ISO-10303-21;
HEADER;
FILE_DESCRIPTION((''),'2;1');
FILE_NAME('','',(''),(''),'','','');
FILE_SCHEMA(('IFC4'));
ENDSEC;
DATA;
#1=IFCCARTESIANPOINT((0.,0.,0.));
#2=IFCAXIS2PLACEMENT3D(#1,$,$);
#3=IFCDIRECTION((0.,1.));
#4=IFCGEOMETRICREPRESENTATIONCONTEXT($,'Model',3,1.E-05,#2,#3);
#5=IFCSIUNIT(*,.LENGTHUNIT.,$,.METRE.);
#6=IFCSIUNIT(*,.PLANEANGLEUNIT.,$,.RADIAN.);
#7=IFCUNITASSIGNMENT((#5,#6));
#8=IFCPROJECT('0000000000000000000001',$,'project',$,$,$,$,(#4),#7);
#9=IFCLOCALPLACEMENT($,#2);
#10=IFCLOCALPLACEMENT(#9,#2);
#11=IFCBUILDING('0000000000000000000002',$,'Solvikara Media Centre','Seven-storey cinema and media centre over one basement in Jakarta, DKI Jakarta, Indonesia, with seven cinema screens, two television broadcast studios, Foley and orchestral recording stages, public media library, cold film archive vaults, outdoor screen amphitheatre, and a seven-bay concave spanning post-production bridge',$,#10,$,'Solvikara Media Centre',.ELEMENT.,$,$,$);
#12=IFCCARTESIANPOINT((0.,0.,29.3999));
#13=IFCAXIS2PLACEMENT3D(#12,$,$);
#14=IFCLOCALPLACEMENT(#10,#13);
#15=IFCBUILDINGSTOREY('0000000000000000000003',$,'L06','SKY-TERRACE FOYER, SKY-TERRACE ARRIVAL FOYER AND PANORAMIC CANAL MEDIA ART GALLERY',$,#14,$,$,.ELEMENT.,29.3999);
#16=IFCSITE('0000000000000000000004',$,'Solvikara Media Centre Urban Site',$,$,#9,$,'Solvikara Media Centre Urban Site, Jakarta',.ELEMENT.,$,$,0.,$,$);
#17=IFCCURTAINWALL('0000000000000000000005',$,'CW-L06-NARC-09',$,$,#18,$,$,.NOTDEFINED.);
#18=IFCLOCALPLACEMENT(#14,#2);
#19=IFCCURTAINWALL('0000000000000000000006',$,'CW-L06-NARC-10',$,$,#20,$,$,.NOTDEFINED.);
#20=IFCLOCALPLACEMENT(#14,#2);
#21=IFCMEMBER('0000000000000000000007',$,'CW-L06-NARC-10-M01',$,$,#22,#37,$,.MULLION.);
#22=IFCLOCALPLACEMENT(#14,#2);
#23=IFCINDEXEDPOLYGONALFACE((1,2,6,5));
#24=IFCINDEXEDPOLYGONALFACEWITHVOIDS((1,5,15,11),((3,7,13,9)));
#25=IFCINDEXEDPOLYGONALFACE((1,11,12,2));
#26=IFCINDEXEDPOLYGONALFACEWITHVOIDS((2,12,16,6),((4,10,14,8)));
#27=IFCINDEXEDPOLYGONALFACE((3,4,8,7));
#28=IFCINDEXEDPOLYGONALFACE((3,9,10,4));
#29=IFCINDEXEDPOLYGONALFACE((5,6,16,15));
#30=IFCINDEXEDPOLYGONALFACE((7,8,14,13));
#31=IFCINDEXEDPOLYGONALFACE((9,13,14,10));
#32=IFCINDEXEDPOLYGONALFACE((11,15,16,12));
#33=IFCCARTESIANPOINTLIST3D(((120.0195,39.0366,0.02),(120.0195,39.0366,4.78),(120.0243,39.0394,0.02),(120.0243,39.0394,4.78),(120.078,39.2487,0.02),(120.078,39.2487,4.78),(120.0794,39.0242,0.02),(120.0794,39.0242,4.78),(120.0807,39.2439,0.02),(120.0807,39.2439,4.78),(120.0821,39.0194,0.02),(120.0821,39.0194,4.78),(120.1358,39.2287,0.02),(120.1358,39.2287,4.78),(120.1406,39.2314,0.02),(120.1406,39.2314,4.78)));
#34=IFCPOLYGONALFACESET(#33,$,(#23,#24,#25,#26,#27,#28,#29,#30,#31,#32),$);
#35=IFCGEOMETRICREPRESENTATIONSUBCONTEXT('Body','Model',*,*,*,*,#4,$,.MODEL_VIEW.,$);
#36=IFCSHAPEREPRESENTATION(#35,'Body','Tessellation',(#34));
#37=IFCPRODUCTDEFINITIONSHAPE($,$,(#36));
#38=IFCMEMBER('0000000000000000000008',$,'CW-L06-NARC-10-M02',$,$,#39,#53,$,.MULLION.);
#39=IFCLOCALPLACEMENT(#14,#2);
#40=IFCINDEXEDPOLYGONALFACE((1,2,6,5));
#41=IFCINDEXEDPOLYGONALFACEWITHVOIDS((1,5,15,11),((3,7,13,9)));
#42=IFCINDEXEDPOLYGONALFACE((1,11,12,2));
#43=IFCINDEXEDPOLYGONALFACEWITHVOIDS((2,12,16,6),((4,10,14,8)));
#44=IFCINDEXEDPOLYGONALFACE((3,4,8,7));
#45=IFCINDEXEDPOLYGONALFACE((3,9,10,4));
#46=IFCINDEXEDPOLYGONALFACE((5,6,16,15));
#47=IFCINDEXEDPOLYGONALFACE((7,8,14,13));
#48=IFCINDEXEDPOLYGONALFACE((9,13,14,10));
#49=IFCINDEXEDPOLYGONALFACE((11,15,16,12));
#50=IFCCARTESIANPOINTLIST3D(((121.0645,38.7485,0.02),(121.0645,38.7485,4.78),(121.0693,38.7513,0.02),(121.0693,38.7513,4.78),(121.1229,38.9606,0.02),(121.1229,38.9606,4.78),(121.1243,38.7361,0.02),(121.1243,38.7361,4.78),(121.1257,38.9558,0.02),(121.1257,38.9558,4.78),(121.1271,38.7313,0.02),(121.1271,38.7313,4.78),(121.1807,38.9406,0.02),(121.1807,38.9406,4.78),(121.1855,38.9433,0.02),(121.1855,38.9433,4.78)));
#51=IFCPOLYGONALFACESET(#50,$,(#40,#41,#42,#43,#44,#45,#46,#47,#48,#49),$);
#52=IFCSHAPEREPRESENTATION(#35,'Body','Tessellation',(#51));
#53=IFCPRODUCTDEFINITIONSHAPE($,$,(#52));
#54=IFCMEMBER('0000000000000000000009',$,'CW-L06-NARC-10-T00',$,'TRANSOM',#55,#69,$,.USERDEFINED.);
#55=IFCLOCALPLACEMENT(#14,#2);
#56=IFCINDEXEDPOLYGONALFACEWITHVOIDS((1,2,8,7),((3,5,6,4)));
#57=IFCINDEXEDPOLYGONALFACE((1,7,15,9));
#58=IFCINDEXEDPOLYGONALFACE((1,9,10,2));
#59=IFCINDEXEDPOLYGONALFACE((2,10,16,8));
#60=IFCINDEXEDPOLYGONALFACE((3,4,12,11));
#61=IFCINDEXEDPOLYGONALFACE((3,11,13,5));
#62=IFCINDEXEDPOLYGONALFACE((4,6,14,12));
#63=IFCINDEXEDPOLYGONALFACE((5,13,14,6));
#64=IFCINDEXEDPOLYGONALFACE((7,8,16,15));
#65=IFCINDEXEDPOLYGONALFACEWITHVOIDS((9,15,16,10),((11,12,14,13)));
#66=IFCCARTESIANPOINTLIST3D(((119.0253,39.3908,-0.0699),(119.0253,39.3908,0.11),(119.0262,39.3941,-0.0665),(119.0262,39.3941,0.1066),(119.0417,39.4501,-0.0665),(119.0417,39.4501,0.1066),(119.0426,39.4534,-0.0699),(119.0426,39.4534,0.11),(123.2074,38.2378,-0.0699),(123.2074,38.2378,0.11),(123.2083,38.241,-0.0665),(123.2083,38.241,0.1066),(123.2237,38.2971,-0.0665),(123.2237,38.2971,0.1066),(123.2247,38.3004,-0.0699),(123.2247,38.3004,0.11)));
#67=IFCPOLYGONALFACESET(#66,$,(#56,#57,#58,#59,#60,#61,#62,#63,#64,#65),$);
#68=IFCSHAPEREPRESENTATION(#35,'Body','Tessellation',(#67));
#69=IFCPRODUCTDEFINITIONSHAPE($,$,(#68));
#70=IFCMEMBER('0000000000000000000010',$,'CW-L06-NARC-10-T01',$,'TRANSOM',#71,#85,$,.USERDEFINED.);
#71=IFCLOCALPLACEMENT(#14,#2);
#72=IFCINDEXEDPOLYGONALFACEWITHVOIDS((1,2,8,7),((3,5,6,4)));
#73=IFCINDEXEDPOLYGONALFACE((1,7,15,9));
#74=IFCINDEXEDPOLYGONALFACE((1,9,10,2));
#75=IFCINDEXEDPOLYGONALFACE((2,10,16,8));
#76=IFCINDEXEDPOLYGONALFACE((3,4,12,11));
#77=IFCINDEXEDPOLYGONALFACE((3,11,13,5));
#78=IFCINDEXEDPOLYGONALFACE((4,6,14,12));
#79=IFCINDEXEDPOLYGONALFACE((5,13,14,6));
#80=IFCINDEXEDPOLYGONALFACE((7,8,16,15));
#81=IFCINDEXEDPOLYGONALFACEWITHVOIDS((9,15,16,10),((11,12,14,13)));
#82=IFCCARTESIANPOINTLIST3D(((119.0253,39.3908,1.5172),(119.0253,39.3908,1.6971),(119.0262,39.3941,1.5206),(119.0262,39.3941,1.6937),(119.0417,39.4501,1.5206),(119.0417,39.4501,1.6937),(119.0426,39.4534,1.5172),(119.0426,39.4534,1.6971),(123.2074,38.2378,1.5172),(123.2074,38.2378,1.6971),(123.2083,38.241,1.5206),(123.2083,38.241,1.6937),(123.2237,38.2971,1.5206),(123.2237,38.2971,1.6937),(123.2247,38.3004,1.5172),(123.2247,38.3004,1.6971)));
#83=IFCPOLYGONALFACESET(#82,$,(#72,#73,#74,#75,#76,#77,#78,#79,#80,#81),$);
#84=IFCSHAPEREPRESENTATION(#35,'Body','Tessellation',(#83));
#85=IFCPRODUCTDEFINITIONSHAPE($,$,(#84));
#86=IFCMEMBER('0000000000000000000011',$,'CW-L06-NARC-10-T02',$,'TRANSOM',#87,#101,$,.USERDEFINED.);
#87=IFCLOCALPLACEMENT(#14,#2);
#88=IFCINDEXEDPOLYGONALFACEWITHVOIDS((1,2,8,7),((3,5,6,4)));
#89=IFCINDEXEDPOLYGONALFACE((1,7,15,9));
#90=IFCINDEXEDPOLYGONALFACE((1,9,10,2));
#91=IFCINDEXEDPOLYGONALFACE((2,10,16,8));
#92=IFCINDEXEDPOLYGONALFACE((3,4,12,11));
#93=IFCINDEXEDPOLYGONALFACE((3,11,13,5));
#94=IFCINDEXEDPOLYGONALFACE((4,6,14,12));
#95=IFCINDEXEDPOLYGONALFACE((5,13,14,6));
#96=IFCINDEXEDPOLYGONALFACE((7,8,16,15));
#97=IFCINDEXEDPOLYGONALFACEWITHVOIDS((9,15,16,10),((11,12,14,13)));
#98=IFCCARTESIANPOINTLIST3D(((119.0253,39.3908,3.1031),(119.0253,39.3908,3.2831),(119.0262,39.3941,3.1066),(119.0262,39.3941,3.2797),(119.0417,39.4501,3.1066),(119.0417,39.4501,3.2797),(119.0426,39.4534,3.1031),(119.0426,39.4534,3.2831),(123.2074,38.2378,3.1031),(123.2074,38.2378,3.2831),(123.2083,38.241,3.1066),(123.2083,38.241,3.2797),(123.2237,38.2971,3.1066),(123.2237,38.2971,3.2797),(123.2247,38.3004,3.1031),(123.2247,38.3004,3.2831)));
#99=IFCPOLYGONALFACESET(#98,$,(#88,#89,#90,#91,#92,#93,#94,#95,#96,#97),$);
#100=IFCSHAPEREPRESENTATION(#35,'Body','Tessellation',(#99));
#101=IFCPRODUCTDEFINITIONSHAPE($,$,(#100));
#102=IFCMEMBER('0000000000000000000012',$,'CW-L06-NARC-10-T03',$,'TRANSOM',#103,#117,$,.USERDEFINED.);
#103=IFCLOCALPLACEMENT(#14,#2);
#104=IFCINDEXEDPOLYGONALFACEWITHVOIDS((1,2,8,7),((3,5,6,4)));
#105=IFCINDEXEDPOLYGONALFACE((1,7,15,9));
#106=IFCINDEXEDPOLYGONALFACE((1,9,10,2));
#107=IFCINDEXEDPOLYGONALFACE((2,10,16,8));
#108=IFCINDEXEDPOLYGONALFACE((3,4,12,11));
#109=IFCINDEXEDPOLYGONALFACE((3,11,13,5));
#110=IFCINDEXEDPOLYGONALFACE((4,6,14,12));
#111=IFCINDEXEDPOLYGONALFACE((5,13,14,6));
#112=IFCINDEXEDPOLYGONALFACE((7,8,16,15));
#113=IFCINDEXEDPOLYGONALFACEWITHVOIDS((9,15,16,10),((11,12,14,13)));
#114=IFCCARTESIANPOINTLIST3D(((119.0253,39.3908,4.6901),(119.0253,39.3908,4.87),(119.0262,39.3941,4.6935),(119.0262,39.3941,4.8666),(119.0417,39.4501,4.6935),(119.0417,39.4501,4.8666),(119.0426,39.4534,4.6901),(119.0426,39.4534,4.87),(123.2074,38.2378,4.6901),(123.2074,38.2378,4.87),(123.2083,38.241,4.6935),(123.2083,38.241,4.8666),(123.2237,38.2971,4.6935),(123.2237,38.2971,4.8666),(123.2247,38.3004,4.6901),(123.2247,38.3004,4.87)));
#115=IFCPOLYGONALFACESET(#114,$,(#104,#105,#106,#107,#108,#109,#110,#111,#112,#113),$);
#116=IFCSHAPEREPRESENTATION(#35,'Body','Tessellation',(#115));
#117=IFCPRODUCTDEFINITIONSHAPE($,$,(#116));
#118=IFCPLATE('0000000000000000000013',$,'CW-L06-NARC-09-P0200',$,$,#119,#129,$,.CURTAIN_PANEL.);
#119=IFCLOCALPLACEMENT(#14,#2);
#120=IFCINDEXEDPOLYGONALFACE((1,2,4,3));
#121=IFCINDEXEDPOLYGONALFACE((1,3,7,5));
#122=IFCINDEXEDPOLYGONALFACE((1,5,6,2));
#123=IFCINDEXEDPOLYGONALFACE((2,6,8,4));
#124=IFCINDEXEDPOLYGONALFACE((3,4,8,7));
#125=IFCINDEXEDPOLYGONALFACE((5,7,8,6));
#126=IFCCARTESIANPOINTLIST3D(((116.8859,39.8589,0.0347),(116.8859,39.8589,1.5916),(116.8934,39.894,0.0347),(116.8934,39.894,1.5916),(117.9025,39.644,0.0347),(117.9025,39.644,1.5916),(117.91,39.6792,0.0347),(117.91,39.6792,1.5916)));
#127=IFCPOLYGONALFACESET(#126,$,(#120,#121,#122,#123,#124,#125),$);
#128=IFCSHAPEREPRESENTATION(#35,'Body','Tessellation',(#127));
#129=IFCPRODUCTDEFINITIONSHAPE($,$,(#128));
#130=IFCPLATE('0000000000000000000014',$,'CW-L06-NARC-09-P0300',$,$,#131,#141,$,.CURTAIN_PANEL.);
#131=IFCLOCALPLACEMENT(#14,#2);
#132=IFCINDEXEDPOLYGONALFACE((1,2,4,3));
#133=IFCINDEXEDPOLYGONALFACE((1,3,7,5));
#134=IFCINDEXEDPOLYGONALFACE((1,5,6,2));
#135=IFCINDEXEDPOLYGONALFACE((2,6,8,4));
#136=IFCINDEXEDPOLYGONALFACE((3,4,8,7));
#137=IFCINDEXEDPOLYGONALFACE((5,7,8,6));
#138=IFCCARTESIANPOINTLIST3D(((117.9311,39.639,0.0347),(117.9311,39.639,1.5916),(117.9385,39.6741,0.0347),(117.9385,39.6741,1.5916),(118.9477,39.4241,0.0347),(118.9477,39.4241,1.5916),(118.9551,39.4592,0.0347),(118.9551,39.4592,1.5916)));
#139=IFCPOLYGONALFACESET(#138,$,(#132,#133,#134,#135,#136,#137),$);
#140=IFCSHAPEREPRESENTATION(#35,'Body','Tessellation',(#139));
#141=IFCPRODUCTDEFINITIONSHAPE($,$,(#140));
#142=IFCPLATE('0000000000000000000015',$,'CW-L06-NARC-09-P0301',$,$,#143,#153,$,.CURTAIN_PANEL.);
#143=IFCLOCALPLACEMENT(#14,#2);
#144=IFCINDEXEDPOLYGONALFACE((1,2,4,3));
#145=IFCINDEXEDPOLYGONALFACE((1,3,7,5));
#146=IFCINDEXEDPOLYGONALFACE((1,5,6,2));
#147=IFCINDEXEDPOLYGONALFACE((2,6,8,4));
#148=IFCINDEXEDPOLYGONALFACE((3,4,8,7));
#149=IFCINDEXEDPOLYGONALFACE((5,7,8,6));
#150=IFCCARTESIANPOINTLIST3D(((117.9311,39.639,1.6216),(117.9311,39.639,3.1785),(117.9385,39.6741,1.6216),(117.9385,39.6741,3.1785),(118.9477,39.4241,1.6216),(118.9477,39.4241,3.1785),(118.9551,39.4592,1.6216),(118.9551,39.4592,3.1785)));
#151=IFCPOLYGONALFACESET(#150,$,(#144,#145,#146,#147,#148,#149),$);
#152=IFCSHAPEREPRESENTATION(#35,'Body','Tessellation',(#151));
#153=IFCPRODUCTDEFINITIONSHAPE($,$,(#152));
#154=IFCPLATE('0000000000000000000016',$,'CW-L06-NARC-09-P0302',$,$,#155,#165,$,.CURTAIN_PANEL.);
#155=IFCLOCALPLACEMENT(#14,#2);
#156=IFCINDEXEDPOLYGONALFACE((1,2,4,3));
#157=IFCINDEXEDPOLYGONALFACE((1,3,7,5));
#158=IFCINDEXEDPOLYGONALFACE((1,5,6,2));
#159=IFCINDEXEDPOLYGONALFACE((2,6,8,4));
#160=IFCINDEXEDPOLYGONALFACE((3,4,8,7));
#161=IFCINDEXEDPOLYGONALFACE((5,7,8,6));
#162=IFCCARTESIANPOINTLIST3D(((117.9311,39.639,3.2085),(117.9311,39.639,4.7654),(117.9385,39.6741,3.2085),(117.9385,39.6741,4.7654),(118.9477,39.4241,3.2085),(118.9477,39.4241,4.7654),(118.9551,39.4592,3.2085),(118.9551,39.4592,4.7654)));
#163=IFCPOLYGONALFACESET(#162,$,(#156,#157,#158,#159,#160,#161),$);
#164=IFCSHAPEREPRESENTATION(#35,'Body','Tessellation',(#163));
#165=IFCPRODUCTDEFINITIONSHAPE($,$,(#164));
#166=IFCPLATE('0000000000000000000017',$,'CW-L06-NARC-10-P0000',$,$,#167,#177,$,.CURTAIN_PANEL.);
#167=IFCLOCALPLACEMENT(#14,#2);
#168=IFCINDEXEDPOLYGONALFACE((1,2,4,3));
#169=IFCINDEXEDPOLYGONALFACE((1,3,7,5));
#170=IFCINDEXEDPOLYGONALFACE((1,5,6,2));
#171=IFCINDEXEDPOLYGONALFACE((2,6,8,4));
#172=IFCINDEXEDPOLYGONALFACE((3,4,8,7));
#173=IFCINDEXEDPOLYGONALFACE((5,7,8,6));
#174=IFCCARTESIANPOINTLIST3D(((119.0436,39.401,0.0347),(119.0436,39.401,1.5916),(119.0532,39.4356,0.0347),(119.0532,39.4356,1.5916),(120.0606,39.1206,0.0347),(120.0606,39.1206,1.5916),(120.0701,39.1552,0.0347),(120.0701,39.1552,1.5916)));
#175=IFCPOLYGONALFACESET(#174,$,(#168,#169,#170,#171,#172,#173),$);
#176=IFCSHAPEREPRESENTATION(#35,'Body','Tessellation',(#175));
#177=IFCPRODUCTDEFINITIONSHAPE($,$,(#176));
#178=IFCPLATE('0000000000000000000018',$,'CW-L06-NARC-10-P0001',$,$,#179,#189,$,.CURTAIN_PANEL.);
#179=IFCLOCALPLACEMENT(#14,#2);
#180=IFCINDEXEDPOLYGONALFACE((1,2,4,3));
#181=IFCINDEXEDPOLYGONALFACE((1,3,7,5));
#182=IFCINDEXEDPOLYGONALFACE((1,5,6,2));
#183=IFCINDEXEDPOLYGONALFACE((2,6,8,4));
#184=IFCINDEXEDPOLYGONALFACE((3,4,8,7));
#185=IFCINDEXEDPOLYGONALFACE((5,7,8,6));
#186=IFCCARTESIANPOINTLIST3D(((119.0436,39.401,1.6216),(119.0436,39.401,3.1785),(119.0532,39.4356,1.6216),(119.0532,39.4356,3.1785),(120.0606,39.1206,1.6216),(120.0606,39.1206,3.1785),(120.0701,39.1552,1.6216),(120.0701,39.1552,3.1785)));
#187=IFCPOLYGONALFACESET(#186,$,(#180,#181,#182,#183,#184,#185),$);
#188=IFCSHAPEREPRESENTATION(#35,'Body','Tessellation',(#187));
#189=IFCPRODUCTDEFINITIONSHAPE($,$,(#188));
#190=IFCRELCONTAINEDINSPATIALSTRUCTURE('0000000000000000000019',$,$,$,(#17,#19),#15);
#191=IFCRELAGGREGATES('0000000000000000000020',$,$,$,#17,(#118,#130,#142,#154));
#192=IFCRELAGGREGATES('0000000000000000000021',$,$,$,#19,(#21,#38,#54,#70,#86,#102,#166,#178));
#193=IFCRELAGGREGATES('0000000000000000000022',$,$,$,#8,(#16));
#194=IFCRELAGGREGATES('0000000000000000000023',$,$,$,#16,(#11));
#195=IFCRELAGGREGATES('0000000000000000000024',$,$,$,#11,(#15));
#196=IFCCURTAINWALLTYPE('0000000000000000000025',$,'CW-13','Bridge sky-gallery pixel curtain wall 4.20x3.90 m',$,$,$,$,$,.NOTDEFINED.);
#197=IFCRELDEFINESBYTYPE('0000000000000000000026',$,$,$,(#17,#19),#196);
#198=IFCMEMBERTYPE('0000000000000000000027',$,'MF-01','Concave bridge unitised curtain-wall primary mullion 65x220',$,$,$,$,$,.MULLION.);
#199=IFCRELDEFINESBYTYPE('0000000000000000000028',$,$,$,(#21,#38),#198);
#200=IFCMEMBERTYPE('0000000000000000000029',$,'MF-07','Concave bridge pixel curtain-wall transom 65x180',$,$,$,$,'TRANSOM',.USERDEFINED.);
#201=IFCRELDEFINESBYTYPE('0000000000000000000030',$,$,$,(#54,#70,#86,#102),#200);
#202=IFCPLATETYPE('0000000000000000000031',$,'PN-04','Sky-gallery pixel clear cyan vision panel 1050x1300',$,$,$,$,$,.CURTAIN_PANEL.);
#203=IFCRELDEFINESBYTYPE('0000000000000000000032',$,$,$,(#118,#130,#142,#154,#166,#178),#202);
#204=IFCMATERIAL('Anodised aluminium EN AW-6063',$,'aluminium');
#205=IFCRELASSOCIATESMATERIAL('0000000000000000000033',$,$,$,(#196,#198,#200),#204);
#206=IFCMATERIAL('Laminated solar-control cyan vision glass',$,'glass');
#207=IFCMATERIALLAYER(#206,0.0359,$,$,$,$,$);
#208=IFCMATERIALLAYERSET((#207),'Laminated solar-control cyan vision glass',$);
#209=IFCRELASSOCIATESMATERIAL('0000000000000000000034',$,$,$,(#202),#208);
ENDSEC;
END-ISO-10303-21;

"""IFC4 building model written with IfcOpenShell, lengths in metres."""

from ifc_helpers import new_model, si_unit, direction, frame, origin, origin_2d, place, context, subcontext, project, spatial, rectangle, hollow_rectangle, extrude, material, layer, layer_set, material_profile, profile_set, type_object, element, aggregate, save


model = new_model("IFC4")

# Units and contexts
model_context = context("Model", 3, precision=1e-05, world=origin(), true_north=direction((0.0, 1.0)))
body_context = subcontext(model_context, "Body", "Model", "MODEL_VIEW")
ifc_project = project(units=[si_unit("LENGTHUNIT", "METRE"), si_unit("PLANEANGLEUNIT", "RADIAN")], contexts=[model_context])

# Site, building, storey
site_placement = place(None, origin())
site = spatial("IfcSite", under=ifc_project, at=site_placement, Name="Solvikara Media Centre Urban Site", LongName="Solvikara Media Centre Urban Site, Jakarta", CompositionType="ELEMENT", RefElevation=0.0)
building_placement = place(site_placement, origin())
building = spatial("IfcBuilding", under=site, at=building_placement, Name="Solvikara Media Centre", Description="Seven-storey cinema and media centre over one basement in Jakarta, DKI Jakarta, Indonesia, with seven cinema screens, two television broadcast studios, Foley and orchestral recording stages, public media library, cold film archive vaults, outdoor screen amphitheatre, and a seven-bay concave spanning post-production bridge", LongName="Solvikara Media Centre", CompositionType="ELEMENT")
storey_placement = place(building_placement, frame((0.0, 0.0, 29.3999)))
storey = spatial("IfcBuildingStorey", under=building, at=storey_placement, Name="L06", Description="SKY-TERRACE FOYER, SKY-TERRACE ARRIVAL FOYER AND PANORAMIC CANAL MEDIA ART GALLERY", CompositionType="ELEMENT", Elevation=29.3999)

# Curtain walls, members
ifc_material_1 = material(Name="Anodised aluminium EN AW-6063", Category="aluminium")
curtain_wall_type = type_object("IfcCurtainWallType", Name="CW-13", Description="Bridge sky-gallery pixel curtain wall 4.20x3.90 m", PredefinedType="NOTDEFINED", material=ifc_material_1)
curtain_wall_1_placement = place(storey_placement, origin())
curtain_wall_1 = element("IfcCurtainWall", 1, at=curtain_wall_1_placement, inside=storey, type_object=curtain_wall_type, Name="CW-L06-NARC-09", PredefinedType="NOTDEFINED")
ifc_material_profile_1 = material_profile(ifc_material_1, hollow_rectangle(XDim=0.0649, YDim=0.22, WallThickness=0.0039, at=origin_2d()), Name="ALU-M 65x220x4")
ifc_profile_set_1 = profile_set([ifc_material_profile_1], Name="Anodised aluminium EN AW-6063")
member_type_1 = type_object("IfcMemberType", Name="MF-01", Description="Concave bridge unitised curtain-wall primary mullion 65x220", PredefinedType="MULLION", material=ifc_profile_set_1)
curtain_wall_2_placement = place(storey_placement, origin())
curtain_wall_2 = element("IfcCurtainWall", 2, at=curtain_wall_2_placement, inside=storey, type_object=curtain_wall_type, Name="CW-L06-NARC-10", PredefinedType="NOTDEFINED")
member_1_placement = place(storey_placement, frame((120.0801, 39.134, 0.02), z_axis=(0.0, 0.0, 1.0), x_axis=(0.96403, -0.265792, 0.0)))
member_1 = element("IfcMember", 3, at=member_1_placement, type_object=member_type_1, Name="CW-L06-NARC-10-M01", PredefinedType="MULLION", context=body_context, shape_type="SweptSolid", body=[
    extrude(hollow_rectangle(XDim=0.0649, YDim=0.22, WallThickness=0.0039, at=origin_2d()), origin(), (0.0, 0.0, 1.0), 4.76),
])
member_2_placement = place(storey_placement, frame((121.125, 38.8459, 0.02), z_axis=(0.0, 0.0, 1.0), x_axis=(0.96403, -0.265792, 0.0)))
member_2 = element("IfcMember", 4, at=member_2_placement, type_object=member_type_1, Name="CW-L06-NARC-10-M02", PredefinedType="MULLION", context=body_context, shape_type="SweptSolid", body=[
    extrude(hollow_rectangle(XDim=0.0649, YDim=0.22, WallThickness=0.0039, at=origin_2d()), origin(), (0.0, 0.0, 1.0), 4.76),
])
ifc_material_profile_2 = material_profile(ifc_material_1, hollow_rectangle(XDim=0.0649, YDim=0.1799, WallThickness=0.0034, at=origin_2d()), Name="ALU-T 65x180x3.5")
ifc_profile_set_2 = profile_set([ifc_material_profile_2], Name="Anodised aluminium EN AW-6063")
member_type_2 = type_object("IfcMemberType", Name="MF-07", Description="Concave bridge pixel curtain-wall transom 65x180", ElementType="TRANSOM", PredefinedType="USERDEFINED", material=ifc_profile_set_2)
member_3_placement = place(storey_placement, frame((119.0339, 39.4221, 0.02), z_axis=(0.964029, -0.265797, 0.0), x_axis=(0.265797, 0.964029, 0.0)))
member_3 = element("IfcMember", 5, at=member_3_placement, type_object=member_type_2, Name="CW-L06-NARC-10-T00", ObjectType="TRANSOM", PredefinedType="USERDEFINED", context=body_context, shape_type="SweptSolid", body=[
    extrude(hollow_rectangle(XDim=0.0649, YDim=0.1799, WallThickness=0.0034, at=origin_2d()), origin(), (0.0, 0.0, 1.0), 4.3381),
])
member_4_placement = place(storey_placement, frame((119.0339, 39.4221, 1.6072), z_axis=(0.964029, -0.265797, 0.0), x_axis=(0.265797, 0.964029, 0.0)))
member_4 = element("IfcMember", 6, at=member_4_placement, type_object=member_type_2, Name="CW-L06-NARC-10-T01", ObjectType="TRANSOM", PredefinedType="USERDEFINED", context=body_context, shape_type="SweptSolid", body=[
    extrude(hollow_rectangle(XDim=0.0649, YDim=0.1799, WallThickness=0.0034, at=origin_2d()), origin(), (0.0, 0.0, 1.0), 4.3381),
])
member_5_placement = place(storey_placement, frame((119.0339, 39.4221, 3.1931), z_axis=(0.964029, -0.265797, 0.0), x_axis=(0.265797, 0.964029, 0.0)))
member_5 = element("IfcMember", 7, at=member_5_placement, type_object=member_type_2, Name="CW-L06-NARC-10-T02", ObjectType="TRANSOM", PredefinedType="USERDEFINED", context=body_context, shape_type="SweptSolid", body=[
    extrude(hollow_rectangle(XDim=0.0649, YDim=0.1799, WallThickness=0.0034, at=origin_2d()), origin(), (0.0, 0.0, 1.0), 4.3381),
])
member_6_placement = place(storey_placement, frame((119.0339, 39.4221, 4.78), z_axis=(0.964029, -0.265797, 0.0), x_axis=(0.265797, 0.964029, 0.0)))
member_6 = element("IfcMember", 8, at=member_6_placement, type_object=member_type_2, Name="CW-L06-NARC-10-T03", ObjectType="TRANSOM", PredefinedType="USERDEFINED", context=body_context, shape_type="SweptSolid", body=[
    extrude(hollow_rectangle(XDim=0.0649, YDim=0.1799, WallThickness=0.0034, at=origin_2d()), origin(), (0.0, 0.0, 1.0), 4.3381),
])

# Plates
ifc_material_2 = material(Name="Laminated solar-control cyan vision glass", Category="glass")
ifc_layer_1 = layer(ifc_material_2, 0.0359)
ifc_layer_set_1 = layer_set([ifc_layer_1], Name="Laminated solar-control cyan vision glass")
plate_type_1 = type_object("IfcPlateType", Name="PN-04", Description="Sky-gallery pixel clear cyan vision panel 1050x1300", PredefinedType="CURTAIN_PANEL", material=ifc_layer_set_1)
plate_1_placement = place(storey_placement, frame((117.3979, 39.769, 0.0347), z_axis=(0.0, 0.0, 1.0), x_axis=(0.978379, -0.206819, 0.0)))
plate_1 = element("IfcPlate", 9, at=plate_1_placement, type_object=plate_type_1, Name="CW-L06-NARC-09-P0200", PredefinedType="CURTAIN_PANEL", context=body_context, shape_type="SweptSolid", body=[
    extrude(rectangle(XDim=1.0391, YDim=0.0359, at=origin_2d()), origin(), (0.0, 0.0, 1.0), 1.5569),
])
plate_2_placement = place(storey_placement, frame((118.4431, 39.5491, 0.0347), z_axis=(0.0, 0.0, 1.0), x_axis=(0.978379, -0.206819, 0.0)))
plate_2 = element("IfcPlate", 10, at=plate_2_placement, type_object=plate_type_1, Name="CW-L06-NARC-09-P0300", PredefinedType="CURTAIN_PANEL", context=body_context, shape_type="SweptSolid", body=[
    extrude(rectangle(XDim=1.0391, YDim=0.0359, at=origin_2d()), origin(), (0.0, 0.0, 1.0), 1.5569),
])
plate_3_placement = place(storey_placement, frame((118.4431, 39.5491, 1.6216), z_axis=(0.0, 0.0, 1.0), x_axis=(0.978379, -0.206819, 0.0)))
plate_3 = element("IfcPlate", 11, at=plate_3_placement, type_object=plate_type_1, Name="CW-L06-NARC-09-P0301", PredefinedType="CURTAIN_PANEL", context=body_context, shape_type="SweptSolid", body=[
    extrude(rectangle(XDim=1.0391, YDim=0.0359, at=origin_2d()), origin(), (0.0, 0.0, 1.0), 1.5569),
])
plate_4_placement = place(storey_placement, frame((118.4431, 39.5491, 3.2085), z_axis=(0.0, 0.0, 1.0), x_axis=(0.978379, -0.206819, 0.0)))
plate_4 = element("IfcPlate", 12, at=plate_4_placement, type_object=plate_type_1, Name="CW-L06-NARC-09-P0302", PredefinedType="CURTAIN_PANEL", context=body_context, shape_type="SweptSolid", body=[
    extrude(rectangle(XDim=1.0391, YDim=0.0359, at=origin_2d()), origin(), (0.0, 0.0, 1.0), 1.5569),
])
plate_5_placement = place(storey_placement, frame((119.5569, 39.2781, 0.0347), z_axis=(0.0, 0.0, 1.0), x_axis=(0.96403, -0.265792, 0.0)))
plate_5 = element("IfcPlate", 13, at=plate_5_placement, type_object=plate_type_1, Name="CW-L06-NARC-10-P0000", PredefinedType="CURTAIN_PANEL", context=body_context, shape_type="SweptSolid", body=[
    extrude(rectangle(XDim=1.0549, YDim=0.0359, at=origin_2d()), origin(), (0.0, 0.0, 1.0), 1.5569),
])
plate_6_placement = place(storey_placement, frame((119.5569, 39.2781, 1.6216), z_axis=(0.0, 0.0, 1.0), x_axis=(0.96403, -0.265792, 0.0)))
plate_6 = element("IfcPlate", 14, at=plate_6_placement, type_object=plate_type_1, Name="CW-L06-NARC-10-P0001", PredefinedType="CURTAIN_PANEL", context=body_context, shape_type="SweptSolid", body=[
    extrude(rectangle(XDim=1.0549, YDim=0.0359, at=origin_2d()), origin(), (0.0, 0.0, 1.0), 1.5569),
])

aggregate(curtain_wall_1, [plate_1, plate_2, plate_3, plate_4])
aggregate(curtain_wall_2, [member_1, member_2, member_3, member_4, member_5, member_6, plate_5, plate_6])

save(model, "model.ifc")
